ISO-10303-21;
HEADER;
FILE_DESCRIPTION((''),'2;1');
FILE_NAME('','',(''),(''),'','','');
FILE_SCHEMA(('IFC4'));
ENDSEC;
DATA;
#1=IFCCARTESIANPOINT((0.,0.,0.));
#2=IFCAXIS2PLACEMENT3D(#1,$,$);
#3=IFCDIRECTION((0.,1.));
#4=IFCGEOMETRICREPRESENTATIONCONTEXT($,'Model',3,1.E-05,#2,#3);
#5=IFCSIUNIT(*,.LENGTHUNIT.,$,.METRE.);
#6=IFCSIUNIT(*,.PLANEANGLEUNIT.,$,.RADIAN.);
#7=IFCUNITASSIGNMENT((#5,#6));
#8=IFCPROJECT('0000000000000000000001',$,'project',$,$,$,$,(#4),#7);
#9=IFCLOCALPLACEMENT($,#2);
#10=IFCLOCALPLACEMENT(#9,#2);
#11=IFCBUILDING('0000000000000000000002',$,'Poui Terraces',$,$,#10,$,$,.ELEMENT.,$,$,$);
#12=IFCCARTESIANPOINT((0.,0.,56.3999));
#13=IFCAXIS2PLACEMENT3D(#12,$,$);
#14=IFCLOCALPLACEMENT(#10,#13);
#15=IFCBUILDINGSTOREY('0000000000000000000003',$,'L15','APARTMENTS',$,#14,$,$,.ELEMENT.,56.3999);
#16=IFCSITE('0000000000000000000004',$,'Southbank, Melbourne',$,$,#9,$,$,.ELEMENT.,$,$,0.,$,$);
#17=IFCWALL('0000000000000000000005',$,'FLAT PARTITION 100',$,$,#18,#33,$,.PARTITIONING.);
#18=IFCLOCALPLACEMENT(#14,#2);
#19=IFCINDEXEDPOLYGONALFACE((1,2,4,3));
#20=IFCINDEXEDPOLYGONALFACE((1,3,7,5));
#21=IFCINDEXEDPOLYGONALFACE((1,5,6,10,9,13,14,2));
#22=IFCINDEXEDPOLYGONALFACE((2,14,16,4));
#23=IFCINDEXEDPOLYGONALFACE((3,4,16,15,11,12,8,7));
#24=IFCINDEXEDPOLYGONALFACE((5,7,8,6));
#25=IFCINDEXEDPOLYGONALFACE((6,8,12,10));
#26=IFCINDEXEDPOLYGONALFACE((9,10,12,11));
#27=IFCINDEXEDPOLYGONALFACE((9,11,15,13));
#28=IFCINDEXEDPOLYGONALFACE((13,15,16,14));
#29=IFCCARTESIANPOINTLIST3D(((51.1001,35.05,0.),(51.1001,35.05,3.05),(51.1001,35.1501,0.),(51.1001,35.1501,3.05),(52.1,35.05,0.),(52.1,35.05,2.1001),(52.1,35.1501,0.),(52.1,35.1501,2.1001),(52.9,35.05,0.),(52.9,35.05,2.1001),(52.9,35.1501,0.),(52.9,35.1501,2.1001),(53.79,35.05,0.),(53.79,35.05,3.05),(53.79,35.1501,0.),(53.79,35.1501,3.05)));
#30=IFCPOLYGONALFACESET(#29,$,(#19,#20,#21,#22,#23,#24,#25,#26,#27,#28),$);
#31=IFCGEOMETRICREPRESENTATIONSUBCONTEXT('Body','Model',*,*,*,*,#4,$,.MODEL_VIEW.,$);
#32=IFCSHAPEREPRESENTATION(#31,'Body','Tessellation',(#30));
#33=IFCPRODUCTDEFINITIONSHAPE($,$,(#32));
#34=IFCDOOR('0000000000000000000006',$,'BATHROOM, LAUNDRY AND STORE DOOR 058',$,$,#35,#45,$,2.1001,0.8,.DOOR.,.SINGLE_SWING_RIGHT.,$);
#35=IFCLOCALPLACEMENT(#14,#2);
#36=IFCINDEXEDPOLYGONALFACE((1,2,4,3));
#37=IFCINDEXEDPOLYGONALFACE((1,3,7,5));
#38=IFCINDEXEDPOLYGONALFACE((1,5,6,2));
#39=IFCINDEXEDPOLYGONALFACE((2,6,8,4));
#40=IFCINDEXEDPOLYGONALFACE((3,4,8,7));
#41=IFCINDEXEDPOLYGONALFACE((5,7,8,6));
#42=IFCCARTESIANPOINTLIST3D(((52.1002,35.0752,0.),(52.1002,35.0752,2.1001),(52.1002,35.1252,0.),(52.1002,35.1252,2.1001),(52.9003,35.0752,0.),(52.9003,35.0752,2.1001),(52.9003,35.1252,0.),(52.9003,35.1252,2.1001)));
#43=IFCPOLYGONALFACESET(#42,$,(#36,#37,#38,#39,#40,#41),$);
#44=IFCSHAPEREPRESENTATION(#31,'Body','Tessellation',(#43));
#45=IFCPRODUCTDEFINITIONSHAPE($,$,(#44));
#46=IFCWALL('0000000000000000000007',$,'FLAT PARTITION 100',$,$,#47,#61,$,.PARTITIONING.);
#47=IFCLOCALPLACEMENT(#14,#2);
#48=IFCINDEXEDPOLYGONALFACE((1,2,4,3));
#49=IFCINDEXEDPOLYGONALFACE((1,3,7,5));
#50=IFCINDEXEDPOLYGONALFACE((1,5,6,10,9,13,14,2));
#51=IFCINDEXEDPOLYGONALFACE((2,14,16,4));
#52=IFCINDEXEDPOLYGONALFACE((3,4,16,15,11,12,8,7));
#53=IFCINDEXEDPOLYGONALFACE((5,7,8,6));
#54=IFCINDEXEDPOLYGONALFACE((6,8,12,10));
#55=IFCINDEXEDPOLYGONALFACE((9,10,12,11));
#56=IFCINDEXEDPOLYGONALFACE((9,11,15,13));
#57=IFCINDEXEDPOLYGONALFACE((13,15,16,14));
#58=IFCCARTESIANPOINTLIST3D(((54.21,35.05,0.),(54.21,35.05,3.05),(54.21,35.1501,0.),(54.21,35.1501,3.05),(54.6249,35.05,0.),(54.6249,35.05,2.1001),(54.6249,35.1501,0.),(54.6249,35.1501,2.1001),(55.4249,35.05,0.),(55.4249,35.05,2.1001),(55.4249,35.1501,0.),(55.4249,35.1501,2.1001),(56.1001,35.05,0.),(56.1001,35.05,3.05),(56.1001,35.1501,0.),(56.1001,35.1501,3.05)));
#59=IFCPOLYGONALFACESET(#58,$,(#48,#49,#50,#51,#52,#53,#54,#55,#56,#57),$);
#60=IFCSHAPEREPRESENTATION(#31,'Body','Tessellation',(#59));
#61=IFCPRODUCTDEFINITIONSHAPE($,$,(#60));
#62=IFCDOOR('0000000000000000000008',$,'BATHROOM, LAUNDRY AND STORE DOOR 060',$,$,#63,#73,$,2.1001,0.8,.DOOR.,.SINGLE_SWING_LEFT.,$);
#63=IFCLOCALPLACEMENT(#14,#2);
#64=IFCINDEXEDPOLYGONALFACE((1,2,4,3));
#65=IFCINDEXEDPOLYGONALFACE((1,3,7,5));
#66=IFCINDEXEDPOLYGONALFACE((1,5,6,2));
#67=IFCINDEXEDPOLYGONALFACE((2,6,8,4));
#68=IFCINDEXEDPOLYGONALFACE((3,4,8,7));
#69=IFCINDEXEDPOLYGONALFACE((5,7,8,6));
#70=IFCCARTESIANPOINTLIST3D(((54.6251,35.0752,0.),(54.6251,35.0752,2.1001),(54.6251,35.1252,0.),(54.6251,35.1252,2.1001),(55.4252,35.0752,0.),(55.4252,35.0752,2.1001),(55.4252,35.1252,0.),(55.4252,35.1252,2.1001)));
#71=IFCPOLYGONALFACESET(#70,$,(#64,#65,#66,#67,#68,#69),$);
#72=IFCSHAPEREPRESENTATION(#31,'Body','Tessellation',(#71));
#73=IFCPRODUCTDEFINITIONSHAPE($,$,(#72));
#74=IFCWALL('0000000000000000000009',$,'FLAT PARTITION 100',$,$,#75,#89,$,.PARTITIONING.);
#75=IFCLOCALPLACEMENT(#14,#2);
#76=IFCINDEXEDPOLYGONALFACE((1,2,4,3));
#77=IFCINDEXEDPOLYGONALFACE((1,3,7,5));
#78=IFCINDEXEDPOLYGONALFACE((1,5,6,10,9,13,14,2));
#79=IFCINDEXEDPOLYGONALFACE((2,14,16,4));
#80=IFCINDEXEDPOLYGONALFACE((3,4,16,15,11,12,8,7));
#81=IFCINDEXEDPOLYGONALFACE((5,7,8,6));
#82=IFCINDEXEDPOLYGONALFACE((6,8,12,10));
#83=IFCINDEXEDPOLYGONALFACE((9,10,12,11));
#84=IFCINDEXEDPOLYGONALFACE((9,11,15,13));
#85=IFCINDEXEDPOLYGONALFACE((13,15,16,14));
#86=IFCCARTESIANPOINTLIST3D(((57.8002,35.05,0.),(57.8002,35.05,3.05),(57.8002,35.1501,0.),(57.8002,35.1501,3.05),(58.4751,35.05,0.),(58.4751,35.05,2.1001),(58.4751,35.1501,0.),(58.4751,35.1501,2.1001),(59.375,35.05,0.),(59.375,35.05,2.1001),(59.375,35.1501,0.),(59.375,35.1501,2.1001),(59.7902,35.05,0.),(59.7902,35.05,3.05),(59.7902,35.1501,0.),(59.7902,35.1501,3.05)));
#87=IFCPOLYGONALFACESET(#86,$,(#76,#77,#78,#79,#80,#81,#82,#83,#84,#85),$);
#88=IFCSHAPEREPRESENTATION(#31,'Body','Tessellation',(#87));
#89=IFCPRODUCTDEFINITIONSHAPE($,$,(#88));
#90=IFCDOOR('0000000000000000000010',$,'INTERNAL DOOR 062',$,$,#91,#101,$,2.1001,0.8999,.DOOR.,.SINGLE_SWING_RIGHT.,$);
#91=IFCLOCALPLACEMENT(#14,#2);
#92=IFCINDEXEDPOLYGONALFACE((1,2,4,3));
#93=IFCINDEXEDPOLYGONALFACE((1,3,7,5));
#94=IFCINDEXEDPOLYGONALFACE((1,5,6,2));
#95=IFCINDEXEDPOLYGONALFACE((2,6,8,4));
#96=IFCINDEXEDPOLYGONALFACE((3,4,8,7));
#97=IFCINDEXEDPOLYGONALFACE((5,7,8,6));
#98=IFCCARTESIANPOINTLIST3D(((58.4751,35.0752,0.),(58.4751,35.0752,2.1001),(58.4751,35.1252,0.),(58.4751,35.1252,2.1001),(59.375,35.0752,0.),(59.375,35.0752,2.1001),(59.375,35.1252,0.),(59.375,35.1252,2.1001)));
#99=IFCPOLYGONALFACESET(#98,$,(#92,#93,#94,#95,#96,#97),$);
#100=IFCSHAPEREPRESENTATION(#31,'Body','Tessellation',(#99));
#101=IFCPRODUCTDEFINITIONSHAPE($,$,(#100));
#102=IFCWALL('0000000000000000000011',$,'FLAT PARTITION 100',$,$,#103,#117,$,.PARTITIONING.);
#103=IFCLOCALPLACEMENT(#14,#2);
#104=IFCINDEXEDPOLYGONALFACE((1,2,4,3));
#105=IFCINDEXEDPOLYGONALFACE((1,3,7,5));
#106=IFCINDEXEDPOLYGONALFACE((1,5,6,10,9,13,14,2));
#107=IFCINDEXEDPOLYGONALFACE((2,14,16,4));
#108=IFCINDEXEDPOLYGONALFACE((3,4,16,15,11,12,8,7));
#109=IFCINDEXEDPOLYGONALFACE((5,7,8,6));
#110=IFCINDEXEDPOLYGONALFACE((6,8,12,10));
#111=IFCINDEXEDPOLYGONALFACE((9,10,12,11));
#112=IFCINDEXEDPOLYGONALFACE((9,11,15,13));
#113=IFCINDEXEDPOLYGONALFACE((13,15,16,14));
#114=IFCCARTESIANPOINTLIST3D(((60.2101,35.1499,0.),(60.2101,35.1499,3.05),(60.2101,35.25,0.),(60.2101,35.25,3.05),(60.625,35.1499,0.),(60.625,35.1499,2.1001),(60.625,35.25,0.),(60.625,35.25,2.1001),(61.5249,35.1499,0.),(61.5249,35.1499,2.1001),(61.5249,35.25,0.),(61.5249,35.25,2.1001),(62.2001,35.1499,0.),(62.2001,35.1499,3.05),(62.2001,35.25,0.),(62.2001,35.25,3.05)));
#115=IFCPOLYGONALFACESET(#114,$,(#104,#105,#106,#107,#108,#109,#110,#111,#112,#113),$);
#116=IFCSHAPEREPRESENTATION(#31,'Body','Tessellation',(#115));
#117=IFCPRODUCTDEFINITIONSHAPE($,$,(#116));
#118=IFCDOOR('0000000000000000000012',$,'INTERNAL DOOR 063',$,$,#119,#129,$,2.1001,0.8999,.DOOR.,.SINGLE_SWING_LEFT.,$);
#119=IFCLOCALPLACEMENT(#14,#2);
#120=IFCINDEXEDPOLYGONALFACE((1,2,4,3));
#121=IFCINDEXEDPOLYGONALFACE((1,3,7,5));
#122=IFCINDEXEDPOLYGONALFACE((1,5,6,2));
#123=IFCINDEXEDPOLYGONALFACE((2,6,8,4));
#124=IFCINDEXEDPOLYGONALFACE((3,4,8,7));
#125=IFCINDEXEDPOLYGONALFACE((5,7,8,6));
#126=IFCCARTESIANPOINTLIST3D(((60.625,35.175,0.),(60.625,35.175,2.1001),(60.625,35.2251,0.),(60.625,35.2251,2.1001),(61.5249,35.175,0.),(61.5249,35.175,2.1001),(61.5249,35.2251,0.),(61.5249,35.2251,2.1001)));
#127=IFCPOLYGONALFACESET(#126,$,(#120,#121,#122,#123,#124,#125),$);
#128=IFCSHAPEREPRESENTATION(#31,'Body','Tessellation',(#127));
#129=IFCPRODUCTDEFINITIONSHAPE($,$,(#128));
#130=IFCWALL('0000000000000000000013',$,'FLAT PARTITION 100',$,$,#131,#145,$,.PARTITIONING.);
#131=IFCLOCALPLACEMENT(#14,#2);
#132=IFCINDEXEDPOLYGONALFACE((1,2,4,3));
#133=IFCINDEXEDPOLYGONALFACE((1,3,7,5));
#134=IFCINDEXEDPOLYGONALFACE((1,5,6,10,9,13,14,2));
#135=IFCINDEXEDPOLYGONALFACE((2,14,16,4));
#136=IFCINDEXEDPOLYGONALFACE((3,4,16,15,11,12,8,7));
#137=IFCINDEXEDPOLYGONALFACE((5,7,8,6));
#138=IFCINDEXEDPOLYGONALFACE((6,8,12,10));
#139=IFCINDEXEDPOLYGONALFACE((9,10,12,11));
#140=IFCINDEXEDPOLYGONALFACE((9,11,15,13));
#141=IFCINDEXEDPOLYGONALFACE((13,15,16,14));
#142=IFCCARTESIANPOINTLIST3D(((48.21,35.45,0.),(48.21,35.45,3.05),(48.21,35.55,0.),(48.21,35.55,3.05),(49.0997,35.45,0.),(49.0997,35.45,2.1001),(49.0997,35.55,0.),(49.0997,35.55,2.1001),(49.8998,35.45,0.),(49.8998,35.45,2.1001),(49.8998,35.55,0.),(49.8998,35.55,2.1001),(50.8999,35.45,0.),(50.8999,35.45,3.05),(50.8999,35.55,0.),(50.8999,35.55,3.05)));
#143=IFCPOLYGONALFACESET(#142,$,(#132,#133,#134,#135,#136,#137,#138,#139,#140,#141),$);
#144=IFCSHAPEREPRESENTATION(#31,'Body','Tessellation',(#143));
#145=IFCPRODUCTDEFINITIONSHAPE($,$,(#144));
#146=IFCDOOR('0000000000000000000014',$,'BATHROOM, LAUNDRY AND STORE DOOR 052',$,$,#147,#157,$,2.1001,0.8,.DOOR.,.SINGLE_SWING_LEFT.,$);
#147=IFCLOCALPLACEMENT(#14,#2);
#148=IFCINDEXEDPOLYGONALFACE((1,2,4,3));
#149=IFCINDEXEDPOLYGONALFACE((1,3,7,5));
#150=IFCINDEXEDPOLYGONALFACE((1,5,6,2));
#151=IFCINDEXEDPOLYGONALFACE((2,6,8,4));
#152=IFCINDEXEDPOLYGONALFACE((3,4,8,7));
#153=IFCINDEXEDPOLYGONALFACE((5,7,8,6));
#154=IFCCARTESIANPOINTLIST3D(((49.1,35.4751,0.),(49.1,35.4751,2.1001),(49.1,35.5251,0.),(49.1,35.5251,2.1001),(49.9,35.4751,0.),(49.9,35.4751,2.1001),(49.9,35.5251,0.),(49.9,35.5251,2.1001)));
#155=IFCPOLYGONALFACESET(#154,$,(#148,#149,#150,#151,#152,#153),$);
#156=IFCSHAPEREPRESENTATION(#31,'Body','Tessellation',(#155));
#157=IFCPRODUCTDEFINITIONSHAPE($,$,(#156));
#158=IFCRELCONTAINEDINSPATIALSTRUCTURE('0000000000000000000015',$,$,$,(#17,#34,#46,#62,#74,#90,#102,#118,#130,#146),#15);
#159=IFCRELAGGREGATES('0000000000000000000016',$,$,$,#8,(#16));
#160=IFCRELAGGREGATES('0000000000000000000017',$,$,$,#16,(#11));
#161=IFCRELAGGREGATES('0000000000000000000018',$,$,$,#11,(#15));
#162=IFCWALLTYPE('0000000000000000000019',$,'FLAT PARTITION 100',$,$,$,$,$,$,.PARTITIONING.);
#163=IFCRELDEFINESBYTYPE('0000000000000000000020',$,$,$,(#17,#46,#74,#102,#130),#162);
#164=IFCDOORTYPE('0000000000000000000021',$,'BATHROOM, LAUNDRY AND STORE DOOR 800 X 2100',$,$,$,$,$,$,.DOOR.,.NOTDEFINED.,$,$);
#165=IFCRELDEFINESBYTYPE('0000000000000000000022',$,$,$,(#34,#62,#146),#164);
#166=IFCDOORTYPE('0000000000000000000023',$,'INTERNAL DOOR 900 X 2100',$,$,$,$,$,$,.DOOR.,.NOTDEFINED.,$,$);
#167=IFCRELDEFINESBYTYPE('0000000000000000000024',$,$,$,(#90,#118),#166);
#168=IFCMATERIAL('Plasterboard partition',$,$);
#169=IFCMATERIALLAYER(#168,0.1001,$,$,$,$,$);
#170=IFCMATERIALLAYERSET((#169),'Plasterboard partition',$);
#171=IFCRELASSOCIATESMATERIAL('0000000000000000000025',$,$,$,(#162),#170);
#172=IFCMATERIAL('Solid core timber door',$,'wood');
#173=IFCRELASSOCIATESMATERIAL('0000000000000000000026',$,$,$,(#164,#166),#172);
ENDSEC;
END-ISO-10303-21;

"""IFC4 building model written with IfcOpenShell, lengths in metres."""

from ifc_helpers import new_model, si_unit, direction, frame, frame_2d, origin, place, context, subcontext, project, spatial, rectangle, extrude, material, layer, layer_set, type_object, element, fill, save


model = new_model("IFC4")

# Units and contexts
model_context = context("Model", 3, precision=1e-05, world=origin(), true_north=direction((0.0, 1.0)))
body_context = subcontext(model_context, "Body", "Model", "MODEL_VIEW")
ifc_project = project(units=[si_unit("LENGTHUNIT", "METRE"), si_unit("PLANEANGLEUNIT", "RADIAN")], contexts=[model_context])

# Site, building, storey
site_placement = place(None, origin())
site = spatial("IfcSite", under=ifc_project, at=site_placement, Name="Southbank, Melbourne", CompositionType="ELEMENT", RefElevation=0.0)
building_placement = place(site_placement, origin())
building = spatial("IfcBuilding", under=site, at=building_placement, Name="Poui Terraces", CompositionType="ELEMENT")
storey_placement = place(building_placement, frame((0.0, 0.0, 56.3999)))
storey = spatial("IfcBuildingStorey", under=building, at=storey_placement, Name="L15", Description="APARTMENTS", CompositionType="ELEMENT", Elevation=56.3999)

# Walls, openings, doors
ifc_material_1 = material(Name="Plasterboard partition")
ifc_layer_1 = layer(ifc_material_1, 0.1001)
ifc_layer_set_1 = layer_set([ifc_layer_1], Name="Plasterboard partition")
wall_type_1 = type_object("IfcWallType", Name="FLAT PARTITION 100", PredefinedType="PARTITIONING", material=ifc_layer_set_1)
wall_1_placement = place(storey_placement, frame((51.1001, 35.1001, 0.0), z_axis=(0.0, 0.0, 1.0), x_axis=(1.0, 0.0, 0.0)))
wall_1 = element("IfcWall", 1, at=wall_1_placement, inside=storey, type_object=wall_type_1, Name="FLAT PARTITION 100", PredefinedType="PARTITIONING", context=body_context, shape_type="SweptSolid", body=[
    extrude(rectangle(XDim=2.6899, YDim=0.1001, at=frame_2d((1.345, 0.0))), origin(), (0.0, 0.0, 1.0), 3.05),
])
opening_1_placement = place(wall_1_placement, frame((1.0, 0.0, 0.0)))
opening_1 = element("IfcOpeningElement", 2, at=opening_1_placement, cuts=wall_1, PredefinedType="OPENING", context=body_context, shape_type="SweptSolid", body=[
    extrude(rectangle(XDim=0.8, YDim=2.1001, at=frame_2d((0.3999, 1.05))), frame((0.0, 0.0601, 0.0), z_axis=(0.0, -1.0, 0.0), x_axis=(1.0, 0.0, 0.0)), (0.0, 0.0, 1.0), 0.1201),
])
ifc_material_2 = material(Name="Solid core timber door", Category="wood")
door_type_1 = type_object("IfcDoorType", Name="BATHROOM, LAUNDRY AND STORE DOOR 800 X 2100", OperationType="NOTDEFINED", PredefinedType="DOOR", material=ifc_material_2)
door_1_placement = place(opening_1_placement, frame((0.8, 0.0, 0.0), z_axis=(0.0, 0.0, 1.0), x_axis=(-1.0, 0.0, 0.0)))
door_1 = element("IfcDoor", 3, at=door_1_placement, inside=storey, type_object=door_type_1, Name="BATHROOM, LAUNDRY AND STORE DOOR 058", OperationType="SINGLE_SWING_RIGHT", OverallHeight=2.1001, OverallWidth=0.8, PredefinedType="DOOR", context=body_context, shape_type="SweptSolid", body=[
    extrude(rectangle(XDim=0.8, YDim=2.1001, at=frame_2d((0.3999, 1.05))), frame((0.0, 0.0249, 0.0), z_axis=(0.0, -1.0, 0.0), x_axis=(1.0, 0.0, 0.0)), (0.0, 0.0, 1.0), 0.05),
])
fill(opening_1, door_1)
wall_2_placement = place(storey_placement, frame((54.21, 35.1001, 0.0), z_axis=(0.0, 0.0, 1.0), x_axis=(1.0, 0.0, 0.0)))
wall_2 = element("IfcWall", 4, at=wall_2_placement, inside=storey, type_object=wall_type_1, Name="FLAT PARTITION 100", PredefinedType="PARTITIONING", context=body_context, shape_type="SweptSolid", body=[
    extrude(rectangle(XDim=1.8901, YDim=0.1001, at=frame_2d((0.9451, 0.0))), origin(), (0.0, 0.0, 1.0), 3.05),
])
opening_2_placement = place(wall_2_placement, frame((0.415, 0.0, 0.0)))
opening_2 = element("IfcOpeningElement", 5, at=opening_2_placement, cuts=wall_2, PredefinedType="OPENING", context=body_context, shape_type="SweptSolid", body=[
    extrude(rectangle(XDim=0.8, YDim=2.1001, at=frame_2d((0.3999, 1.05))), frame((0.0, 0.0601, 0.0), z_axis=(0.0, -1.0, 0.0), x_axis=(1.0, 0.0, 0.0)), (0.0, 0.0, 1.0), 0.1201),
])
door_2_placement = place(opening_2_placement, frame((0.8, 0.0, 0.0), z_axis=(0.0, 0.0, 1.0), x_axis=(-1.0, 0.0, 0.0)))
door_2 = element("IfcDoor", 6, at=door_2_placement, inside=storey, type_object=door_type_1, Name="BATHROOM, LAUNDRY AND STORE DOOR 060", OperationType="SINGLE_SWING_LEFT", OverallHeight=2.1001, OverallWidth=0.8, PredefinedType="DOOR", context=body_context, shape_type="SweptSolid", body=[
    extrude(rectangle(XDim=0.8, YDim=2.1001, at=frame_2d((0.3999, 1.05))), frame((0.0, 0.0249, 0.0), z_axis=(0.0, -1.0, 0.0), x_axis=(1.0, 0.0, 0.0)), (0.0, 0.0, 1.0), 0.05),
])
fill(opening_2, door_2)
wall_3_placement = place(storey_placement, frame((57.8, 35.1001, 0.0), z_axis=(0.0, 0.0, 1.0), x_axis=(1.0, 0.0, 0.0)))
wall_3 = element("IfcWall", 7, at=wall_3_placement, inside=storey, type_object=wall_type_1, Name="FLAT PARTITION 100", PredefinedType="PARTITIONING", context=body_context, shape_type="SweptSolid", body=[
    extrude(rectangle(XDim=1.99, YDim=0.1001, at=frame_2d((0.9951, 0.0))), origin(), (0.0, 0.0, 1.0), 3.05),
])
opening_3_placement = place(wall_3_placement, frame((0.675, 0.0, 0.0)))
opening_3 = element("IfcOpeningElement", 8, at=opening_3_placement, cuts=wall_3, PredefinedType="OPENING", context=body_context, shape_type="SweptSolid", body=[
    extrude(rectangle(XDim=0.8999, YDim=2.1001, at=frame_2d((0.45, 1.05))), frame((0.0, 0.0601, 0.0), z_axis=(0.0, -1.0, 0.0), x_axis=(1.0, 0.0, 0.0)), (0.0, 0.0, 1.0), 0.1201),
])
door_type_2 = type_object("IfcDoorType", Name="INTERNAL DOOR 900 X 2100", OperationType="NOTDEFINED", PredefinedType="DOOR", material=ifc_material_2)
door_3_placement = place(opening_3_placement, frame((0.8999, 0.0, 0.0), z_axis=(0.0, 0.0, 1.0), x_axis=(-1.0, 0.0, 0.0)))
door_3 = element("IfcDoor", 9, at=door_3_placement, inside=storey, type_object=door_type_2, Name="INTERNAL DOOR 062", OperationType="SINGLE_SWING_RIGHT", OverallHeight=2.1001, OverallWidth=0.8999, PredefinedType="DOOR", context=body_context, shape_type="SweptSolid", body=[
    extrude(rectangle(XDim=0.8999, YDim=2.1001, at=frame_2d((0.45, 1.05))), frame((0.0, 0.0249, 0.0), z_axis=(0.0, -1.0, 0.0), x_axis=(1.0, 0.0, 0.0)), (0.0, 0.0, 1.0), 0.05),
])
fill(opening_3, door_3)
wall_4_placement = place(storey_placement, frame((60.21, 35.2, 0.0), z_axis=(0.0, 0.0, 1.0), x_axis=(1.0, 0.0, 0.0)))
wall_4 = element("IfcWall", 10, at=wall_4_placement, inside=storey, type_object=wall_type_1, Name="FLAT PARTITION 100", PredefinedType="PARTITIONING", context=body_context, shape_type="SweptSolid", body=[
    extrude(rectangle(XDim=1.99, YDim=0.1001, at=frame_2d((0.9951, 0.0))), origin(), (0.0, 0.0, 1.0), 3.05),
])
opening_4_placement = place(wall_4_placement, frame((0.415, 0.0, 0.0)))
opening_4 = element("IfcOpeningElement", 11, at=opening_4_placement, cuts=wall_4, PredefinedType="OPENING", context=body_context, shape_type="SweptSolid", body=[
    extrude(rectangle(XDim=0.8999, YDim=2.1001, at=frame_2d((0.45, 1.05))), frame((0.0, 0.0601, 0.0), z_axis=(0.0, -1.0, 0.0), x_axis=(1.0, 0.0, 0.0)), (0.0, 0.0, 1.0), 0.1201),
])
door_4_placement = place(opening_4_placement, frame((0.8999, 0.0, 0.0), z_axis=(0.0, 0.0, 1.0), x_axis=(-1.0, 0.0, 0.0)))
door_4 = element("IfcDoor", 12, at=door_4_placement, inside=storey, type_object=door_type_2, Name="INTERNAL DOOR 063", OperationType="SINGLE_SWING_LEFT", OverallHeight=2.1001, OverallWidth=0.8999, PredefinedType="DOOR", context=body_context, shape_type="SweptSolid", body=[
    extrude(rectangle(XDim=0.8999, YDim=2.1001, at=frame_2d((0.45, 1.05))), frame((0.0, 0.0249, 0.0), z_axis=(0.0, -1.0, 0.0), x_axis=(1.0, 0.0, 0.0)), (0.0, 0.0, 1.0), 0.05),
])
fill(opening_4, door_4)
wall_5_placement = place(storey_placement, frame((48.21, 35.5, 0.0), z_axis=(0.0, 0.0, 1.0), x_axis=(1.0, 0.0, 0.0)))
wall_5 = element("IfcWall", 13, at=wall_5_placement, inside=storey, type_object=wall_type_1, Name="FLAT PARTITION 100", PredefinedType="PARTITIONING", context=body_context, shape_type="SweptSolid", body=[
    extrude(rectangle(XDim=2.6899, YDim=0.1001, at=frame_2d((1.345, 0.0))), origin(), (0.0, 0.0, 1.0), 3.05),
])
opening_5_placement = place(wall_5_placement, frame((0.8899, 0.0, 0.0)))
opening_5 = element("IfcOpeningElement", 14, at=opening_5_placement, cuts=wall_5, PredefinedType="OPENING", context=body_context, shape_type="SweptSolid", body=[
    extrude(rectangle(XDim=0.8, YDim=2.1001, at=frame_2d((0.3999, 1.05))), frame((0.0, 0.0601, 0.0), z_axis=(0.0, -1.0, 0.0), x_axis=(1.0, 0.0, 0.0)), (0.0, 0.0, 1.0), 0.1201),
])
door_5_placement = place(opening_5_placement, frame((0.8, 0.0, 0.0), z_axis=(0.0, 0.0, 1.0), x_axis=(-1.0, 0.0, 0.0)))
door_5 = element("IfcDoor", 15, at=door_5_placement, inside=storey, type_object=door_type_1, Name="BATHROOM, LAUNDRY AND STORE DOOR 052", OperationType="SINGLE_SWING_LEFT", OverallHeight=2.1001, OverallWidth=0.8, PredefinedType="DOOR", context=body_context, shape_type="SweptSolid", body=[
    extrude(rectangle(XDim=0.8, YDim=2.1001, at=frame_2d((0.3999, 1.05))), frame((0.0, 0.0249, 0.0), z_axis=(0.0, -1.0, 0.0), x_axis=(1.0, 0.0, 0.0)), (0.0, 0.0, 1.0), 0.05),
])
fill(opening_5, door_5)

save(model, "model.ifc")
